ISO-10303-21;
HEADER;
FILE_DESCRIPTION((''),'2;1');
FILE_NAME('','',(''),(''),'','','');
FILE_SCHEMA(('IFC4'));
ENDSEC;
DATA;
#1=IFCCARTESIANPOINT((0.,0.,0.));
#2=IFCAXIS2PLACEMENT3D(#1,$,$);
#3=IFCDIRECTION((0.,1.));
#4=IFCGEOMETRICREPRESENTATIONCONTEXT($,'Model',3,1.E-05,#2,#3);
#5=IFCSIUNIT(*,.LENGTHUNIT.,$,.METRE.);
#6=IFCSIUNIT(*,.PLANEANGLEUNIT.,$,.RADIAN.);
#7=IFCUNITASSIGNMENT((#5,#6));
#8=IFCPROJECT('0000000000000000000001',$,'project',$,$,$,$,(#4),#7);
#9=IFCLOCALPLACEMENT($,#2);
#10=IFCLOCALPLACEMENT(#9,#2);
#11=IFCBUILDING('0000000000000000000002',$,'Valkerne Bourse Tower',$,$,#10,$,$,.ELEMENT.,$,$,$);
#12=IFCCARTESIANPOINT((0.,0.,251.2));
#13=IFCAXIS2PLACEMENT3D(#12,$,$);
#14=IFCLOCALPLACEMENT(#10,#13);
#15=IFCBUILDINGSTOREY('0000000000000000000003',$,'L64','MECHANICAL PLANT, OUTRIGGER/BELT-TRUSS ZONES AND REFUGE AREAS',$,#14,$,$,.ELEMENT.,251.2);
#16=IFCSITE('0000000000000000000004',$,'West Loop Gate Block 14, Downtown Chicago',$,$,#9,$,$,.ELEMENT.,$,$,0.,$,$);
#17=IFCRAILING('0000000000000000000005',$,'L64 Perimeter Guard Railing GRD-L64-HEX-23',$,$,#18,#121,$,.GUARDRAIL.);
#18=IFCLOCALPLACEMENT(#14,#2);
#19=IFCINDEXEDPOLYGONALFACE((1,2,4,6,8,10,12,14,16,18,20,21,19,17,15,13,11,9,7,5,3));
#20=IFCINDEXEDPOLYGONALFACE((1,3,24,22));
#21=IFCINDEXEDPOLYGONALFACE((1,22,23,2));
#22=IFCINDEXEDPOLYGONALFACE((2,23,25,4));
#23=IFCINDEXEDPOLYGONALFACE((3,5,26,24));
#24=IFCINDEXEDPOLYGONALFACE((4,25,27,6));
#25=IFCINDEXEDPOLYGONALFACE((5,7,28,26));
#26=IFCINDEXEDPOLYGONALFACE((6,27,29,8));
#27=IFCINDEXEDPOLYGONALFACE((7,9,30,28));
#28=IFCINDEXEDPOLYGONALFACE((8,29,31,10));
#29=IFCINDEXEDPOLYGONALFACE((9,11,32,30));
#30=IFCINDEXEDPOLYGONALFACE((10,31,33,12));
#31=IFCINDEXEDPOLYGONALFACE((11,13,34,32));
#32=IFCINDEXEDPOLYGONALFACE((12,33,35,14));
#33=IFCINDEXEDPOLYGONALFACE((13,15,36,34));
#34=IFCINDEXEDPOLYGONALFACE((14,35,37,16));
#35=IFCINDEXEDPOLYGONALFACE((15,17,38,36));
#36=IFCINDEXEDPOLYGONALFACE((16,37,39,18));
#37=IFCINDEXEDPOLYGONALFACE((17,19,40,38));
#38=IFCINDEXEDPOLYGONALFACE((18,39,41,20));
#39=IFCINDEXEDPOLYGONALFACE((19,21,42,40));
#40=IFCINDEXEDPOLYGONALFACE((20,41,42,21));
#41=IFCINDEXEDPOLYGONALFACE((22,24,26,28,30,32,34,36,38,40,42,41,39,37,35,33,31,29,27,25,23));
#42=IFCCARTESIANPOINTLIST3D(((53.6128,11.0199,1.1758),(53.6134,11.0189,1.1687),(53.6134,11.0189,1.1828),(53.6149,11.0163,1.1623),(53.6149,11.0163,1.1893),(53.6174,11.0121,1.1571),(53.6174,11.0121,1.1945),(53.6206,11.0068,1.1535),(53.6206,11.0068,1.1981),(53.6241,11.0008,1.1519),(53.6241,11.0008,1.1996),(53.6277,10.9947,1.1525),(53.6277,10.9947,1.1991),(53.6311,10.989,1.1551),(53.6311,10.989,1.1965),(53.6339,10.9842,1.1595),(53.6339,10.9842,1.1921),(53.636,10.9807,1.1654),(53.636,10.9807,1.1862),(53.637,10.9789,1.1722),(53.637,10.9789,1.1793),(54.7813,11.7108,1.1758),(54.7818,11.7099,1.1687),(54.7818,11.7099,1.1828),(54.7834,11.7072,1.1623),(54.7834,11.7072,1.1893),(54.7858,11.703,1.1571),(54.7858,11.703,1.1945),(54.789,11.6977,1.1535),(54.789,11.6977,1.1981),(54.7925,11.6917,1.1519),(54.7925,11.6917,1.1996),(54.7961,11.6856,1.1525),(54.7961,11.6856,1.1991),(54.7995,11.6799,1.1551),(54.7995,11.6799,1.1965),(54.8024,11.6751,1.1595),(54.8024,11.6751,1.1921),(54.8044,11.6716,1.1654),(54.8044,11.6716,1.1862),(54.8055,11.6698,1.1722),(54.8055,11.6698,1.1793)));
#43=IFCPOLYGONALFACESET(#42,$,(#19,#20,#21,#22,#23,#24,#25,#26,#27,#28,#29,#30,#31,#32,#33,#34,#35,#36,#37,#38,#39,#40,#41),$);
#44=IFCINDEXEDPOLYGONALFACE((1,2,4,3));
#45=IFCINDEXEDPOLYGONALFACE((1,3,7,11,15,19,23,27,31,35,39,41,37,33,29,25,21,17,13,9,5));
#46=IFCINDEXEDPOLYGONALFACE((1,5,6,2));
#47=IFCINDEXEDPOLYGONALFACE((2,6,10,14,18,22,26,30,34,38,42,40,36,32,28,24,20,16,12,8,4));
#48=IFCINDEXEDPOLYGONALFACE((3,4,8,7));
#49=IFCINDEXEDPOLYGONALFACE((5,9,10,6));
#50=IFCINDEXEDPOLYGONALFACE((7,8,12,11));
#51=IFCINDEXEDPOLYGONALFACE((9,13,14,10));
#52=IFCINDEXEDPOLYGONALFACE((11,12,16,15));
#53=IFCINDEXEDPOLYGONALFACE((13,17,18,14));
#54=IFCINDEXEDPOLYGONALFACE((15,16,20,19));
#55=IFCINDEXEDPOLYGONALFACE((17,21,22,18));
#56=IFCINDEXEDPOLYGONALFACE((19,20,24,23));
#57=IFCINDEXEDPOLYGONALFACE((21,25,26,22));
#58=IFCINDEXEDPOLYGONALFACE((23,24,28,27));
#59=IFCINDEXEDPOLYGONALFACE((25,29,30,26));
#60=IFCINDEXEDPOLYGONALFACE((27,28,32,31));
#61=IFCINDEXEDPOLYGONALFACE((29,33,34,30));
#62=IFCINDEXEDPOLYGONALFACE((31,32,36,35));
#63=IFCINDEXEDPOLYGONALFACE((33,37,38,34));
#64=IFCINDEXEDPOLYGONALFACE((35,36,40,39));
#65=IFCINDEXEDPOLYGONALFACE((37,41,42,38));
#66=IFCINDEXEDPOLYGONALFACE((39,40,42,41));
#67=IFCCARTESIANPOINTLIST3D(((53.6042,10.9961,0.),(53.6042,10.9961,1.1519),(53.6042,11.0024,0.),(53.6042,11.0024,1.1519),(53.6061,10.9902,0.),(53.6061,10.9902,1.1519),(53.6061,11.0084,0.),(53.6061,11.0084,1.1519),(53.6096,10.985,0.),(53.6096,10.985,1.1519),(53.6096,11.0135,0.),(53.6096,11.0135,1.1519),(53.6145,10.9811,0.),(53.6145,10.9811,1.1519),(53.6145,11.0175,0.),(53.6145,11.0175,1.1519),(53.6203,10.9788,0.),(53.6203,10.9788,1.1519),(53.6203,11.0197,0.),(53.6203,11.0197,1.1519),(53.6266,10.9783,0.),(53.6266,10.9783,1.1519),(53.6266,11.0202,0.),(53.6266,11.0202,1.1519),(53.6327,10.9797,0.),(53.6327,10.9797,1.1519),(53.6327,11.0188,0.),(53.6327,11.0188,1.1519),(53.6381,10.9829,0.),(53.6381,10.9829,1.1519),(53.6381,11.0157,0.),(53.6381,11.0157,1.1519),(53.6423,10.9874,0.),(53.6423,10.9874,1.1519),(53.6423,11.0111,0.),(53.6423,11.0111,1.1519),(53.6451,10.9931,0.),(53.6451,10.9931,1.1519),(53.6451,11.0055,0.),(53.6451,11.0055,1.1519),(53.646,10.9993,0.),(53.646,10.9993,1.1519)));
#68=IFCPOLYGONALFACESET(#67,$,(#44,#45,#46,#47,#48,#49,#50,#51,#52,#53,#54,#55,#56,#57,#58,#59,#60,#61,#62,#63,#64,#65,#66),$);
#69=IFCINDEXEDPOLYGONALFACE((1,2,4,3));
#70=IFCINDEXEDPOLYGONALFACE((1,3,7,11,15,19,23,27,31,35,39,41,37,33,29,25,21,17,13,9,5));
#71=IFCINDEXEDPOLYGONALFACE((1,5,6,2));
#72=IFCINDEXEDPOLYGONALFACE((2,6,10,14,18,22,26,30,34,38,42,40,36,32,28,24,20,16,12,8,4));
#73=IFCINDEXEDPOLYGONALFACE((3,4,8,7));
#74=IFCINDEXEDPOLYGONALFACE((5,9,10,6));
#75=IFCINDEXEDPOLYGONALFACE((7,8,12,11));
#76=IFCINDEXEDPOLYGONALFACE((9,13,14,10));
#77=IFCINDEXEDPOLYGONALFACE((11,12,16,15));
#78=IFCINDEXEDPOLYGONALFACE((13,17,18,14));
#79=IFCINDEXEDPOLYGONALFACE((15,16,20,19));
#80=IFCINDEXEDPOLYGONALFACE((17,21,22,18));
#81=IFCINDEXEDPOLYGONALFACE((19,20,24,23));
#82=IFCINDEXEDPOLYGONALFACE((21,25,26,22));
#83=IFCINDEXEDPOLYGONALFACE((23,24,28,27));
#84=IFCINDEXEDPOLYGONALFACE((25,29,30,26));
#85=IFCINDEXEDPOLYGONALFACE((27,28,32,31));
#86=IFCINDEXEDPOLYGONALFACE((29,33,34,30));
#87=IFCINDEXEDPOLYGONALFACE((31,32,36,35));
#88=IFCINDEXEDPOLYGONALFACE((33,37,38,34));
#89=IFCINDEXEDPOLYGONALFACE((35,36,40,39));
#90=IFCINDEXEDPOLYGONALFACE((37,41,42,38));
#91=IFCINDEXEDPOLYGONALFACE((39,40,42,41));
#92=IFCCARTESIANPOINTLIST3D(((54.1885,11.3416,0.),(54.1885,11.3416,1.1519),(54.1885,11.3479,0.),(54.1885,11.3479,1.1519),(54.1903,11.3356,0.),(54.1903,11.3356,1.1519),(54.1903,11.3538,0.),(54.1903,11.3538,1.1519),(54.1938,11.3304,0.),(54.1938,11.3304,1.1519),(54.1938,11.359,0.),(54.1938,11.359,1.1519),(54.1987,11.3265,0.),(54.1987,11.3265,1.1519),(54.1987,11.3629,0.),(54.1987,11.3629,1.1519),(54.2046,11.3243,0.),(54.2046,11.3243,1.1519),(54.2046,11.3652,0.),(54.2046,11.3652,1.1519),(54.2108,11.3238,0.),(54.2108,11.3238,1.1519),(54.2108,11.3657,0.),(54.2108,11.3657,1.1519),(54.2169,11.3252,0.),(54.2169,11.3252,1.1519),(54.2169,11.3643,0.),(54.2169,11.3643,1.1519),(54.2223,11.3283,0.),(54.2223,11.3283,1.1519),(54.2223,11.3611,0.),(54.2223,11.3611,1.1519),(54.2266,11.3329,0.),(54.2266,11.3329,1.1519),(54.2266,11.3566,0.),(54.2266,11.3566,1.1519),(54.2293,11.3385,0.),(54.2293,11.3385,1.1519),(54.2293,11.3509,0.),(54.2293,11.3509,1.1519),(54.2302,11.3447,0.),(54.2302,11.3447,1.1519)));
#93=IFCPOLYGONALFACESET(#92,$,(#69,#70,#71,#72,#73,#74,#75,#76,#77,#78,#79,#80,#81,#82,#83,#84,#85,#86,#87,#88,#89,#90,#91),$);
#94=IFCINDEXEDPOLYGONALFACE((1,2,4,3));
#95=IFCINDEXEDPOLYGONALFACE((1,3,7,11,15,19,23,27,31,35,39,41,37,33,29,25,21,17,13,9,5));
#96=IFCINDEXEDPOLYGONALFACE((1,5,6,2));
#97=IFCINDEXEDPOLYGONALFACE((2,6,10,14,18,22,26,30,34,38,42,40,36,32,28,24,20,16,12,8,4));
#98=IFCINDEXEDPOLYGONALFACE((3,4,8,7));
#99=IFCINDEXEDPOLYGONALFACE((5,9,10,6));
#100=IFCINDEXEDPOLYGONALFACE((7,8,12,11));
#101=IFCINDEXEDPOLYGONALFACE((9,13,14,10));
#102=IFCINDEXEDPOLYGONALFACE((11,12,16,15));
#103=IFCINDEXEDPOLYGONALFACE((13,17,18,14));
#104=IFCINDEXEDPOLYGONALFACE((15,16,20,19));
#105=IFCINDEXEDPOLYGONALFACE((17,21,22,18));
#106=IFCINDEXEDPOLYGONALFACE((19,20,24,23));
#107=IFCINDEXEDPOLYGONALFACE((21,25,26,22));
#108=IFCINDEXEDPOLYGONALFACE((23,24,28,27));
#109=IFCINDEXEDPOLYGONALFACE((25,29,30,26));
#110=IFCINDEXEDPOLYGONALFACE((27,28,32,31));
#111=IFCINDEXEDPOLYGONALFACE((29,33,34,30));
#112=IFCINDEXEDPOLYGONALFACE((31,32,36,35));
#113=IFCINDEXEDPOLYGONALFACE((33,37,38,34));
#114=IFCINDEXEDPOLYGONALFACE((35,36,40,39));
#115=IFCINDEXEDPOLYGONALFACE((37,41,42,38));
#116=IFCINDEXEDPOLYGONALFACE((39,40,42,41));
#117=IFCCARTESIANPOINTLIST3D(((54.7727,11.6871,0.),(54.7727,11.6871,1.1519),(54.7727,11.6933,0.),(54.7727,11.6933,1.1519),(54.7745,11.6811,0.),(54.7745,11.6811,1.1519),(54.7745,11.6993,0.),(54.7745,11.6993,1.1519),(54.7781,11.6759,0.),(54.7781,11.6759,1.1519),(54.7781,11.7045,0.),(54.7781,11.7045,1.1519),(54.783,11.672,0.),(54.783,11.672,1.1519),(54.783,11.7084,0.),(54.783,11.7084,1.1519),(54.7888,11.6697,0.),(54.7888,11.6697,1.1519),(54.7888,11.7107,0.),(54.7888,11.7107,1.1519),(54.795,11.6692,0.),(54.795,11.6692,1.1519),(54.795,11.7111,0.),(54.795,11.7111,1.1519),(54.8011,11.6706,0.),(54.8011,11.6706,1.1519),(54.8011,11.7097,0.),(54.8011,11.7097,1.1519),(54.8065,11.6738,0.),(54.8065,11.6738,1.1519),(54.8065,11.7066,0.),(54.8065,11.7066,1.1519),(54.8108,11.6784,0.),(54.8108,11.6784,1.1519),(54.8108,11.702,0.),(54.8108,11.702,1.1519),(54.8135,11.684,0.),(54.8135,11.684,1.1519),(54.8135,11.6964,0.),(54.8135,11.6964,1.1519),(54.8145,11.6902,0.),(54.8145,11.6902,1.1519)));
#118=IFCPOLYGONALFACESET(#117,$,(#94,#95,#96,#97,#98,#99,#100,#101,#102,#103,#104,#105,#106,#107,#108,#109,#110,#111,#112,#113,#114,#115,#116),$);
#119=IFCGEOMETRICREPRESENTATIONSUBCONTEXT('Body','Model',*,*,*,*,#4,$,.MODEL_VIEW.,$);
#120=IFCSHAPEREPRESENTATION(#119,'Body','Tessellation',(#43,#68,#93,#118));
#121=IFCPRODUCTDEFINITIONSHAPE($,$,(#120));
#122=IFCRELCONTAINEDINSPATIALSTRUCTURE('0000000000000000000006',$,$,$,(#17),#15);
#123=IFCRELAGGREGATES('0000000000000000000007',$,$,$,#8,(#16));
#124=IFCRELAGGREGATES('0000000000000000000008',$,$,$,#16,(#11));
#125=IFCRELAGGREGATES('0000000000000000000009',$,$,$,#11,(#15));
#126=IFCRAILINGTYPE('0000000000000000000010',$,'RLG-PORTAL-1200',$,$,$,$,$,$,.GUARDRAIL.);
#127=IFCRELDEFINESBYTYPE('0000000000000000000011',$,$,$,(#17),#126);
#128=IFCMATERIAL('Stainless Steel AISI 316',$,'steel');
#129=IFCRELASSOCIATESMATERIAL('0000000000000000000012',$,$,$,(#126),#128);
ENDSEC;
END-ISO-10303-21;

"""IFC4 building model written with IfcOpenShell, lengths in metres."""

from ifc_helpers import new_model, si_unit, direction, frame, origin, origin_2d, place, context, subcontext, project, spatial, circle, extrude, material, type_object, element, save


model = new_model("IFC4")

# Units and contexts
model_context = context("Model", 3, precision=1e-05, world=origin(), true_north=direction((0.0, 1.0)))
body_context = subcontext(model_context, "Body", "Model", "MODEL_VIEW")
ifc_project = project(units=[si_unit("LENGTHUNIT", "METRE"), si_unit("PLANEANGLEUNIT", "RADIAN")], contexts=[model_context])

# Site, building, storey
site_placement = place(None, origin())
site = spatial("IfcSite", under=ifc_project, at=site_placement, Name="West Loop Gate Block 14, Downtown Chicago", CompositionType="ELEMENT", RefElevation=0.0)
building_placement = place(site_placement, origin())
building = spatial("IfcBuilding", under=site, at=building_placement, Name="Valkerne Bourse Tower", CompositionType="ELEMENT")
storey_placement = place(building_placement, frame((0.0, 0.0, 251.2)))
storey = spatial("IfcBuildingStorey", under=building, at=storey_placement, Name="L64", Description="MECHANICAL PLANT, OUTRIGGER/BELT-TRUSS ZONES AND REFUGE AREAS", CompositionType="ELEMENT", Elevation=251.2)

# Railing
ifc_material_1 = material(Name="Stainless Steel AISI 316", Category="steel")
railing_type_1 = type_object("IfcRailingType", Name="RLG-PORTAL-1200", PredefinedType="GUARDRAIL", material=ifc_material_1)
railing_1_placement = place(storey_placement, frame((53.625, 10.9993, 0.0)))
element("IfcRailing", 1, at=railing_1_placement, inside=storey, type_object=railing_type_1, Name="L64 Perimeter Guard Railing GRD-L64-HEX-23", PredefinedType="GUARDRAIL", context=body_context, shape_type="SweptSolid", body=[
    extrude(circle(Radius=0.0239, at=origin_2d()), frame((0.0, 0.0, 1.1758), z_axis=(0.860776, 0.508984, 0.0), x_axis=(-0.508984, 0.860776, 0.0)), (0.0, 0.0, 1.0), 1.3574),
    extrude(circle(Radius=0.021, at=origin_2d()), origin(), (0.0, 0.0, 1.0), 1.1519),
    extrude(circle(Radius=0.021, at=origin_2d()), frame((0.5842, 0.3455, 0.0)), (0.0, 0.0, 1.0), 1.1519),
    extrude(circle(Radius=0.021, at=origin_2d()), frame((1.1685, 0.6909, 0.0)), (0.0, 0.0, 1.0), 1.1519),
])

save(model, "model.ifc")
